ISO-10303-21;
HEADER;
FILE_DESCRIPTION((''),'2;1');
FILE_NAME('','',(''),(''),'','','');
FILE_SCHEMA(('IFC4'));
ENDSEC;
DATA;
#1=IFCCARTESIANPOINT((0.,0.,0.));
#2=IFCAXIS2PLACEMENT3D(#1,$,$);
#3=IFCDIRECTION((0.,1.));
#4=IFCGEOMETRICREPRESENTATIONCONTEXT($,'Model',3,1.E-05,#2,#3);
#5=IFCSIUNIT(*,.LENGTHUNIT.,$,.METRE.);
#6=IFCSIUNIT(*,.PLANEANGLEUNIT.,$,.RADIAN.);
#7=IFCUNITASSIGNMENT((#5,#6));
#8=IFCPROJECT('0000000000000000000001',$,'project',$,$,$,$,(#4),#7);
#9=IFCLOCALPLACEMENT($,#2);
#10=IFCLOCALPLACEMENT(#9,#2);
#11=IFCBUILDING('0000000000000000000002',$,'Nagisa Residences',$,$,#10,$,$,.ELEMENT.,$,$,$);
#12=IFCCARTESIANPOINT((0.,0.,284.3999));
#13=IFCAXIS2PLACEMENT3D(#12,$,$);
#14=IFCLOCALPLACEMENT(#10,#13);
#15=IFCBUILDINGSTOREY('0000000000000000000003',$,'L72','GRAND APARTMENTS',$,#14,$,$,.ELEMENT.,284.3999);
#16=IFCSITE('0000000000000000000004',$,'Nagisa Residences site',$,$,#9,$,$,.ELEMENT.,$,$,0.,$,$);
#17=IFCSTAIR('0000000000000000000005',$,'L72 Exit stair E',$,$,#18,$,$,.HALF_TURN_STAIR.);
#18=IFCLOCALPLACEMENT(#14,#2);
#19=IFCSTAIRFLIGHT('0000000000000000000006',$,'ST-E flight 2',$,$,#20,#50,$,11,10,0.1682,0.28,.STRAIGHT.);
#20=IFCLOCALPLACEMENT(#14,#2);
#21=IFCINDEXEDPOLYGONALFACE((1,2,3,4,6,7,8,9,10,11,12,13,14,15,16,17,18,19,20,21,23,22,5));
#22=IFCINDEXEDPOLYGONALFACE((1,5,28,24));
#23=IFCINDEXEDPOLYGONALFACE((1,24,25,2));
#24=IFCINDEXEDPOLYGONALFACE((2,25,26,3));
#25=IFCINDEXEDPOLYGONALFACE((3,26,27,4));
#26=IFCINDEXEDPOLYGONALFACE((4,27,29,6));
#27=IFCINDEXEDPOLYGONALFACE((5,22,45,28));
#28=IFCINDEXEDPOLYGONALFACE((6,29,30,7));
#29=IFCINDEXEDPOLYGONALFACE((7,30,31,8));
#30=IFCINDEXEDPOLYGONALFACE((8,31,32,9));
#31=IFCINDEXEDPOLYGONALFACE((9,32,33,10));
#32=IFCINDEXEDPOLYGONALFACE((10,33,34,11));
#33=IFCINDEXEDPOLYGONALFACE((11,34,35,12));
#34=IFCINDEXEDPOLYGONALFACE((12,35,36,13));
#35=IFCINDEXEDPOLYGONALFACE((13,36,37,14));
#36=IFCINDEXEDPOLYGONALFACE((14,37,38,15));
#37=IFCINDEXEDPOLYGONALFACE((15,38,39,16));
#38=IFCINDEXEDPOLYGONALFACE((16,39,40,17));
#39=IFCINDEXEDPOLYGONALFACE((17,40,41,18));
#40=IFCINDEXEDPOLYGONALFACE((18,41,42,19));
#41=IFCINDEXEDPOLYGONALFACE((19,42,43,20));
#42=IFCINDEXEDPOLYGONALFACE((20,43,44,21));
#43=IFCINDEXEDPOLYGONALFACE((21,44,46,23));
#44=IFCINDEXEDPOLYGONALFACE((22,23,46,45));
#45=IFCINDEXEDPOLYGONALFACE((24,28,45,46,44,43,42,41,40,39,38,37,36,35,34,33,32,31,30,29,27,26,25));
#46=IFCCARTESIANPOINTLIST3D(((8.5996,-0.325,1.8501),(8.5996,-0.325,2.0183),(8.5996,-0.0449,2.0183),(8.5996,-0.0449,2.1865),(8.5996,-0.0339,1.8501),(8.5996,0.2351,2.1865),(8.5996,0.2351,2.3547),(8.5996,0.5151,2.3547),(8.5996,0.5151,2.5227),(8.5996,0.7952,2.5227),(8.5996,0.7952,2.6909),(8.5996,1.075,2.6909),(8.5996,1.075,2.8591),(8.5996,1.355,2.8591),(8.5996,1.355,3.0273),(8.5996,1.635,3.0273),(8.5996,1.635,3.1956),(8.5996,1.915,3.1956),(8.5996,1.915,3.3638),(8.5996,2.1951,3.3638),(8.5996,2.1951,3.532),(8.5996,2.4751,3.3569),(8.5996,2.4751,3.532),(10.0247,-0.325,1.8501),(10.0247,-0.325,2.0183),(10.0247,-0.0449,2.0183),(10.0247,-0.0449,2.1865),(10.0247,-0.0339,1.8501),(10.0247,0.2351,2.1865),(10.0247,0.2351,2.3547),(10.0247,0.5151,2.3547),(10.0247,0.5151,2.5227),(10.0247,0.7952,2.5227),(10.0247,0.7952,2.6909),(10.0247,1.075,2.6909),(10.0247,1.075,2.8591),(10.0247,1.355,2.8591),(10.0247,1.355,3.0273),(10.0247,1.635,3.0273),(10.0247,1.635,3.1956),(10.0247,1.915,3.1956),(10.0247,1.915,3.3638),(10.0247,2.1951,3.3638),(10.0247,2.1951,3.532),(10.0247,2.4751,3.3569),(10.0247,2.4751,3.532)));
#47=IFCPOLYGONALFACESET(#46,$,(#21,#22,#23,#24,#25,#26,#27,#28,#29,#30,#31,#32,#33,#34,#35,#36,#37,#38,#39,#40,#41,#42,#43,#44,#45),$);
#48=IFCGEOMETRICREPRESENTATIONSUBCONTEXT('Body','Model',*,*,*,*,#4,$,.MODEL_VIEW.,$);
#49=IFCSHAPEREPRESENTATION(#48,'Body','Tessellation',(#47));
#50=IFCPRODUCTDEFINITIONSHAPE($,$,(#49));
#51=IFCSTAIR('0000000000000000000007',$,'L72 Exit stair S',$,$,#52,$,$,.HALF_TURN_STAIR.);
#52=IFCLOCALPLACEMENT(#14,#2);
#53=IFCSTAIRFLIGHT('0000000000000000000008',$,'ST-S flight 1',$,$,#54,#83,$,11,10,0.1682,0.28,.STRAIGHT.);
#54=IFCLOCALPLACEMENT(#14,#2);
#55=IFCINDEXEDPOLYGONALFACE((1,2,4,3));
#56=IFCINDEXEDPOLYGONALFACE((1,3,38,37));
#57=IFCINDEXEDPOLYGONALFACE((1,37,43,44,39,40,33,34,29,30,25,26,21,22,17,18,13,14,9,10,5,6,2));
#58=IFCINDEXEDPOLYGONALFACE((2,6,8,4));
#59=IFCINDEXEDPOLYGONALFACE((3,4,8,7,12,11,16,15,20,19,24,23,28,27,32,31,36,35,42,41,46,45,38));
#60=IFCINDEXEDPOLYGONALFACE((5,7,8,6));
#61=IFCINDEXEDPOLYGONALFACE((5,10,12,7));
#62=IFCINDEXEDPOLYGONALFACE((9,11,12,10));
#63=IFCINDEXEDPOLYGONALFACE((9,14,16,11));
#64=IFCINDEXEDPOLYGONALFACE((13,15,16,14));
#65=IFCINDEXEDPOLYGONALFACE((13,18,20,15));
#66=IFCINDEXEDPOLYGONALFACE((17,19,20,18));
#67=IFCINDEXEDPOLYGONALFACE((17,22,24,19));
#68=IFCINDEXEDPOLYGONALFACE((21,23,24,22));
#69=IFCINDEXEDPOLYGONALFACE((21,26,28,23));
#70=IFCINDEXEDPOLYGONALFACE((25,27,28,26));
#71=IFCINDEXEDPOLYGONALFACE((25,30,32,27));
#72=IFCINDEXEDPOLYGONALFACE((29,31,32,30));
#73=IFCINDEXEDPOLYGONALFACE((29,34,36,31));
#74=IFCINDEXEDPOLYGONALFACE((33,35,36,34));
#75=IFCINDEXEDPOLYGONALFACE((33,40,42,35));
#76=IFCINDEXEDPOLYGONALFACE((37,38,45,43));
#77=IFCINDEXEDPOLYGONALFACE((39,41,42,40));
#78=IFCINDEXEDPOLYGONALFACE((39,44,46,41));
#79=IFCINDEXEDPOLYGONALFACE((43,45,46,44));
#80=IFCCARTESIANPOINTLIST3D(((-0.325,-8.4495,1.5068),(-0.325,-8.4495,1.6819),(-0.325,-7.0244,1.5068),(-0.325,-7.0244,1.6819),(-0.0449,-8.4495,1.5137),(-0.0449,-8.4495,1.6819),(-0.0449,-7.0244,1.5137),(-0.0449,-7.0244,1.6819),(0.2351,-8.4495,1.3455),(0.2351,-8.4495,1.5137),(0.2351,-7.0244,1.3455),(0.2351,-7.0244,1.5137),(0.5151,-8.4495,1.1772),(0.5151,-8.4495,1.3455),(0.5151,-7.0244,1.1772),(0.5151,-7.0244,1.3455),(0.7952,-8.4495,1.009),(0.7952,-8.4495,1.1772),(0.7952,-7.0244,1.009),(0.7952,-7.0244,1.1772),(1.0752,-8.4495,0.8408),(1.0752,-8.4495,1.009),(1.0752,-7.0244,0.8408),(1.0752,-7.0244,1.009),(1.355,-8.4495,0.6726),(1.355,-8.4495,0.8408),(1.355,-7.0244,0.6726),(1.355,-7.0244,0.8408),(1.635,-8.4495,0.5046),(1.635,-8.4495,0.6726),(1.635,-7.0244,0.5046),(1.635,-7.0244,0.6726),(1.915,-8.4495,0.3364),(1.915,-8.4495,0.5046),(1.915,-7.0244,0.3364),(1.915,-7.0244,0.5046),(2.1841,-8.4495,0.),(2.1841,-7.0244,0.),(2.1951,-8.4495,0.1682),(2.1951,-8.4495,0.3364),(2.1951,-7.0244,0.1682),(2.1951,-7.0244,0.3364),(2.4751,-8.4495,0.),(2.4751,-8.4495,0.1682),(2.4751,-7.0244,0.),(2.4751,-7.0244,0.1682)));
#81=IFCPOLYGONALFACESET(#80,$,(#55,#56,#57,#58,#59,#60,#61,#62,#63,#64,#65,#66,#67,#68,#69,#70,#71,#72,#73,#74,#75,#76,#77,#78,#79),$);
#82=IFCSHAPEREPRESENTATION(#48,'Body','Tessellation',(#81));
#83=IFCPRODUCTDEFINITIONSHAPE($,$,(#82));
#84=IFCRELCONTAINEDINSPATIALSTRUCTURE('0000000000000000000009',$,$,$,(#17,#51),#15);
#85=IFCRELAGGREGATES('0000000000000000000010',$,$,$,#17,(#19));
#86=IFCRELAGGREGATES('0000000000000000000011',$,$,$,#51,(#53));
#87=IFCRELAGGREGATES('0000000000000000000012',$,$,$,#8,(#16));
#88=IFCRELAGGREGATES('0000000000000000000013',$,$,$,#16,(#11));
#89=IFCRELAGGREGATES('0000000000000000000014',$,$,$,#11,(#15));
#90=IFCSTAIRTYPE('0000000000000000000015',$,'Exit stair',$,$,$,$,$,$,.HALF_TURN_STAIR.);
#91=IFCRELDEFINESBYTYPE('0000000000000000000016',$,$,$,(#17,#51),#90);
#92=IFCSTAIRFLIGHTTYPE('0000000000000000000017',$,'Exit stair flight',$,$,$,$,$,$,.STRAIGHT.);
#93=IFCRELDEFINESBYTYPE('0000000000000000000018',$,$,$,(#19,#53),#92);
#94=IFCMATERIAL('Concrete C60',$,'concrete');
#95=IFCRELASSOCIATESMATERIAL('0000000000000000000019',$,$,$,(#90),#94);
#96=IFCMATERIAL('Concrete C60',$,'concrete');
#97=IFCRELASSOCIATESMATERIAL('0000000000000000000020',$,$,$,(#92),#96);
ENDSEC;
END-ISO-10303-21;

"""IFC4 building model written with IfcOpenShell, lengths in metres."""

from ifc_helpers import new_model, si_unit, direction, frame, origin, place, context, subcontext, project, spatial, polyline, outline, extrude, material, type_object, element, aggregate, save


model = new_model("IFC4")

# Units and contexts
model_context = context("Model", 3, precision=1e-05, world=origin(), true_north=direction((0.0, 1.0)))
body_context = subcontext(model_context, "Body", "Model", "MODEL_VIEW")
ifc_project = project(units=[si_unit("LENGTHUNIT", "METRE"), si_unit("PLANEANGLEUNIT", "RADIAN")], contexts=[model_context])

# Site, building, storey
site_placement = place(None, origin())
site = spatial("IfcSite", under=ifc_project, at=site_placement, Name="Nagisa Residences site", CompositionType="ELEMENT", RefElevation=0.0)
building_placement = place(site_placement, origin())
building = spatial("IfcBuilding", under=site, at=building_placement, Name="Nagisa Residences", CompositionType="ELEMENT")
storey_placement = place(building_placement, frame((0.0, 0.0, 284.3999)))
storey = spatial("IfcBuildingStorey", under=building, at=storey_placement, Name="L72", Description="GRAND APARTMENTS", CompositionType="ELEMENT", Elevation=284.3999)

# Stairs, stair flights
ifc_material_1 = material(Name="Concrete C60", Category="concrete")
stair_type = type_object("IfcStairType", Name="Exit stair", PredefinedType="HALF_TURN_STAIR", material=ifc_material_1)
stair_1_placement = place(storey_placement, origin())
stair_1 = element("IfcStair", 1, at=stair_1_placement, inside=storey, type_object=stair_type, Name="L72 Exit stair E", PredefinedType="HALF_TURN_STAIR")
ifc_material_2 = material(Name="Concrete C60", Category="concrete")
stair_flight_type = type_object("IfcStairFlightType", Name="Exit stair flight", PredefinedType="STRAIGHT", material=ifc_material_2)
stair_flight_1_placement = place(storey_placement, frame((9.312, -0.325, 1.8501), z_axis=(0.0, 0.0, 1.0), x_axis=(0.0, 1.0, 0.0)))
stair_flight_1 = element("IfcStairFlight", 2, at=stair_flight_1_placement, type_object=stair_flight_type, Name="ST-E flight 2", NumberOfRisers=11, NumberOfTreads=10, PredefinedType="STRAIGHT", RiserHeight=0.1682, TreadLength=0.28, context=body_context, shape_type="SweptSolid", body=[
    extrude(outline(polyline([(0.0, 0.0), (0.0, 0.1682), (0.28, 0.1682), (0.28, 0.3364), (0.5601, 0.3364), (0.5601, 0.5046), (0.8401, 0.5046), (0.8401, 0.6726), (1.1201, 0.6726), (1.1201, 0.8408), (1.3999, 0.8408), (1.3999, 1.009), (1.6799, 1.009), (1.6799, 1.1772), (1.96, 1.1772), (1.96, 1.3455), (2.24, 1.3455), (2.24, 1.5137), (2.52, 1.5137), (2.52, 1.6819), (2.8, 1.6819), (2.8, 1.8501), (2.8, 1.5068), (0.291, 0.0), (0.0, 0.0)])), frame((0.0, 0.7124, 0.0), z_axis=(0.0, -1.0, 0.0), x_axis=(1.0, 0.0, 0.0)), (0.0, 0.0, 1.0), 1.425),
])
aggregate(stair_1, [stair_flight_1])
stair_2_placement = place(storey_placement, origin())
stair_2 = element("IfcStair", 3, at=stair_2_placement, inside=storey, type_object=stair_type, Name="L72 Exit stair S", PredefinedType="HALF_TURN_STAIR")
stair_flight_2_placement = place(storey_placement, frame((2.4751, -7.7371, 0.0), z_axis=(0.0, 0.0, 1.0), x_axis=(-1.0, 0.0, 0.0)))
stair_flight_2 = element("IfcStairFlight", 4, at=stair_flight_2_placement, type_object=stair_flight_type, Name="ST-S flight 1", NumberOfRisers=11, NumberOfTreads=10, PredefinedType="STRAIGHT", RiserHeight=0.1682, TreadLength=0.28, context=body_context, shape_type="SweptSolid", body=[
    extrude(outline(polyline([(0.0, 0.0), (0.0, 0.1682), (0.28, 0.1682), (0.28, 0.3364), (0.5601, 0.3364), (0.5601, 0.5046), (0.8401, 0.5046), (0.8401, 0.6726), (1.1201, 0.6726), (1.1201, 0.8408), (1.3999, 0.8408), (1.3999, 1.009), (1.6799, 1.009), (1.6799, 1.1772), (1.96, 1.1772), (1.96, 1.3455), (2.24, 1.3455), (2.24, 1.5137), (2.52, 1.5137), (2.52, 1.6819), (2.8, 1.6819), (2.8, 1.8501), (2.8, 1.5068), (0.291, 0.0), (0.0, 0.0)])), frame((0.0, 0.7124, 0.0), z_axis=(0.0, -1.0, 0.0), x_axis=(1.0, 0.0, 0.0)), (0.0, 0.0, 1.0), 1.425),
])
aggregate(stair_2, [stair_flight_2])

save(model, "model.ifc")
